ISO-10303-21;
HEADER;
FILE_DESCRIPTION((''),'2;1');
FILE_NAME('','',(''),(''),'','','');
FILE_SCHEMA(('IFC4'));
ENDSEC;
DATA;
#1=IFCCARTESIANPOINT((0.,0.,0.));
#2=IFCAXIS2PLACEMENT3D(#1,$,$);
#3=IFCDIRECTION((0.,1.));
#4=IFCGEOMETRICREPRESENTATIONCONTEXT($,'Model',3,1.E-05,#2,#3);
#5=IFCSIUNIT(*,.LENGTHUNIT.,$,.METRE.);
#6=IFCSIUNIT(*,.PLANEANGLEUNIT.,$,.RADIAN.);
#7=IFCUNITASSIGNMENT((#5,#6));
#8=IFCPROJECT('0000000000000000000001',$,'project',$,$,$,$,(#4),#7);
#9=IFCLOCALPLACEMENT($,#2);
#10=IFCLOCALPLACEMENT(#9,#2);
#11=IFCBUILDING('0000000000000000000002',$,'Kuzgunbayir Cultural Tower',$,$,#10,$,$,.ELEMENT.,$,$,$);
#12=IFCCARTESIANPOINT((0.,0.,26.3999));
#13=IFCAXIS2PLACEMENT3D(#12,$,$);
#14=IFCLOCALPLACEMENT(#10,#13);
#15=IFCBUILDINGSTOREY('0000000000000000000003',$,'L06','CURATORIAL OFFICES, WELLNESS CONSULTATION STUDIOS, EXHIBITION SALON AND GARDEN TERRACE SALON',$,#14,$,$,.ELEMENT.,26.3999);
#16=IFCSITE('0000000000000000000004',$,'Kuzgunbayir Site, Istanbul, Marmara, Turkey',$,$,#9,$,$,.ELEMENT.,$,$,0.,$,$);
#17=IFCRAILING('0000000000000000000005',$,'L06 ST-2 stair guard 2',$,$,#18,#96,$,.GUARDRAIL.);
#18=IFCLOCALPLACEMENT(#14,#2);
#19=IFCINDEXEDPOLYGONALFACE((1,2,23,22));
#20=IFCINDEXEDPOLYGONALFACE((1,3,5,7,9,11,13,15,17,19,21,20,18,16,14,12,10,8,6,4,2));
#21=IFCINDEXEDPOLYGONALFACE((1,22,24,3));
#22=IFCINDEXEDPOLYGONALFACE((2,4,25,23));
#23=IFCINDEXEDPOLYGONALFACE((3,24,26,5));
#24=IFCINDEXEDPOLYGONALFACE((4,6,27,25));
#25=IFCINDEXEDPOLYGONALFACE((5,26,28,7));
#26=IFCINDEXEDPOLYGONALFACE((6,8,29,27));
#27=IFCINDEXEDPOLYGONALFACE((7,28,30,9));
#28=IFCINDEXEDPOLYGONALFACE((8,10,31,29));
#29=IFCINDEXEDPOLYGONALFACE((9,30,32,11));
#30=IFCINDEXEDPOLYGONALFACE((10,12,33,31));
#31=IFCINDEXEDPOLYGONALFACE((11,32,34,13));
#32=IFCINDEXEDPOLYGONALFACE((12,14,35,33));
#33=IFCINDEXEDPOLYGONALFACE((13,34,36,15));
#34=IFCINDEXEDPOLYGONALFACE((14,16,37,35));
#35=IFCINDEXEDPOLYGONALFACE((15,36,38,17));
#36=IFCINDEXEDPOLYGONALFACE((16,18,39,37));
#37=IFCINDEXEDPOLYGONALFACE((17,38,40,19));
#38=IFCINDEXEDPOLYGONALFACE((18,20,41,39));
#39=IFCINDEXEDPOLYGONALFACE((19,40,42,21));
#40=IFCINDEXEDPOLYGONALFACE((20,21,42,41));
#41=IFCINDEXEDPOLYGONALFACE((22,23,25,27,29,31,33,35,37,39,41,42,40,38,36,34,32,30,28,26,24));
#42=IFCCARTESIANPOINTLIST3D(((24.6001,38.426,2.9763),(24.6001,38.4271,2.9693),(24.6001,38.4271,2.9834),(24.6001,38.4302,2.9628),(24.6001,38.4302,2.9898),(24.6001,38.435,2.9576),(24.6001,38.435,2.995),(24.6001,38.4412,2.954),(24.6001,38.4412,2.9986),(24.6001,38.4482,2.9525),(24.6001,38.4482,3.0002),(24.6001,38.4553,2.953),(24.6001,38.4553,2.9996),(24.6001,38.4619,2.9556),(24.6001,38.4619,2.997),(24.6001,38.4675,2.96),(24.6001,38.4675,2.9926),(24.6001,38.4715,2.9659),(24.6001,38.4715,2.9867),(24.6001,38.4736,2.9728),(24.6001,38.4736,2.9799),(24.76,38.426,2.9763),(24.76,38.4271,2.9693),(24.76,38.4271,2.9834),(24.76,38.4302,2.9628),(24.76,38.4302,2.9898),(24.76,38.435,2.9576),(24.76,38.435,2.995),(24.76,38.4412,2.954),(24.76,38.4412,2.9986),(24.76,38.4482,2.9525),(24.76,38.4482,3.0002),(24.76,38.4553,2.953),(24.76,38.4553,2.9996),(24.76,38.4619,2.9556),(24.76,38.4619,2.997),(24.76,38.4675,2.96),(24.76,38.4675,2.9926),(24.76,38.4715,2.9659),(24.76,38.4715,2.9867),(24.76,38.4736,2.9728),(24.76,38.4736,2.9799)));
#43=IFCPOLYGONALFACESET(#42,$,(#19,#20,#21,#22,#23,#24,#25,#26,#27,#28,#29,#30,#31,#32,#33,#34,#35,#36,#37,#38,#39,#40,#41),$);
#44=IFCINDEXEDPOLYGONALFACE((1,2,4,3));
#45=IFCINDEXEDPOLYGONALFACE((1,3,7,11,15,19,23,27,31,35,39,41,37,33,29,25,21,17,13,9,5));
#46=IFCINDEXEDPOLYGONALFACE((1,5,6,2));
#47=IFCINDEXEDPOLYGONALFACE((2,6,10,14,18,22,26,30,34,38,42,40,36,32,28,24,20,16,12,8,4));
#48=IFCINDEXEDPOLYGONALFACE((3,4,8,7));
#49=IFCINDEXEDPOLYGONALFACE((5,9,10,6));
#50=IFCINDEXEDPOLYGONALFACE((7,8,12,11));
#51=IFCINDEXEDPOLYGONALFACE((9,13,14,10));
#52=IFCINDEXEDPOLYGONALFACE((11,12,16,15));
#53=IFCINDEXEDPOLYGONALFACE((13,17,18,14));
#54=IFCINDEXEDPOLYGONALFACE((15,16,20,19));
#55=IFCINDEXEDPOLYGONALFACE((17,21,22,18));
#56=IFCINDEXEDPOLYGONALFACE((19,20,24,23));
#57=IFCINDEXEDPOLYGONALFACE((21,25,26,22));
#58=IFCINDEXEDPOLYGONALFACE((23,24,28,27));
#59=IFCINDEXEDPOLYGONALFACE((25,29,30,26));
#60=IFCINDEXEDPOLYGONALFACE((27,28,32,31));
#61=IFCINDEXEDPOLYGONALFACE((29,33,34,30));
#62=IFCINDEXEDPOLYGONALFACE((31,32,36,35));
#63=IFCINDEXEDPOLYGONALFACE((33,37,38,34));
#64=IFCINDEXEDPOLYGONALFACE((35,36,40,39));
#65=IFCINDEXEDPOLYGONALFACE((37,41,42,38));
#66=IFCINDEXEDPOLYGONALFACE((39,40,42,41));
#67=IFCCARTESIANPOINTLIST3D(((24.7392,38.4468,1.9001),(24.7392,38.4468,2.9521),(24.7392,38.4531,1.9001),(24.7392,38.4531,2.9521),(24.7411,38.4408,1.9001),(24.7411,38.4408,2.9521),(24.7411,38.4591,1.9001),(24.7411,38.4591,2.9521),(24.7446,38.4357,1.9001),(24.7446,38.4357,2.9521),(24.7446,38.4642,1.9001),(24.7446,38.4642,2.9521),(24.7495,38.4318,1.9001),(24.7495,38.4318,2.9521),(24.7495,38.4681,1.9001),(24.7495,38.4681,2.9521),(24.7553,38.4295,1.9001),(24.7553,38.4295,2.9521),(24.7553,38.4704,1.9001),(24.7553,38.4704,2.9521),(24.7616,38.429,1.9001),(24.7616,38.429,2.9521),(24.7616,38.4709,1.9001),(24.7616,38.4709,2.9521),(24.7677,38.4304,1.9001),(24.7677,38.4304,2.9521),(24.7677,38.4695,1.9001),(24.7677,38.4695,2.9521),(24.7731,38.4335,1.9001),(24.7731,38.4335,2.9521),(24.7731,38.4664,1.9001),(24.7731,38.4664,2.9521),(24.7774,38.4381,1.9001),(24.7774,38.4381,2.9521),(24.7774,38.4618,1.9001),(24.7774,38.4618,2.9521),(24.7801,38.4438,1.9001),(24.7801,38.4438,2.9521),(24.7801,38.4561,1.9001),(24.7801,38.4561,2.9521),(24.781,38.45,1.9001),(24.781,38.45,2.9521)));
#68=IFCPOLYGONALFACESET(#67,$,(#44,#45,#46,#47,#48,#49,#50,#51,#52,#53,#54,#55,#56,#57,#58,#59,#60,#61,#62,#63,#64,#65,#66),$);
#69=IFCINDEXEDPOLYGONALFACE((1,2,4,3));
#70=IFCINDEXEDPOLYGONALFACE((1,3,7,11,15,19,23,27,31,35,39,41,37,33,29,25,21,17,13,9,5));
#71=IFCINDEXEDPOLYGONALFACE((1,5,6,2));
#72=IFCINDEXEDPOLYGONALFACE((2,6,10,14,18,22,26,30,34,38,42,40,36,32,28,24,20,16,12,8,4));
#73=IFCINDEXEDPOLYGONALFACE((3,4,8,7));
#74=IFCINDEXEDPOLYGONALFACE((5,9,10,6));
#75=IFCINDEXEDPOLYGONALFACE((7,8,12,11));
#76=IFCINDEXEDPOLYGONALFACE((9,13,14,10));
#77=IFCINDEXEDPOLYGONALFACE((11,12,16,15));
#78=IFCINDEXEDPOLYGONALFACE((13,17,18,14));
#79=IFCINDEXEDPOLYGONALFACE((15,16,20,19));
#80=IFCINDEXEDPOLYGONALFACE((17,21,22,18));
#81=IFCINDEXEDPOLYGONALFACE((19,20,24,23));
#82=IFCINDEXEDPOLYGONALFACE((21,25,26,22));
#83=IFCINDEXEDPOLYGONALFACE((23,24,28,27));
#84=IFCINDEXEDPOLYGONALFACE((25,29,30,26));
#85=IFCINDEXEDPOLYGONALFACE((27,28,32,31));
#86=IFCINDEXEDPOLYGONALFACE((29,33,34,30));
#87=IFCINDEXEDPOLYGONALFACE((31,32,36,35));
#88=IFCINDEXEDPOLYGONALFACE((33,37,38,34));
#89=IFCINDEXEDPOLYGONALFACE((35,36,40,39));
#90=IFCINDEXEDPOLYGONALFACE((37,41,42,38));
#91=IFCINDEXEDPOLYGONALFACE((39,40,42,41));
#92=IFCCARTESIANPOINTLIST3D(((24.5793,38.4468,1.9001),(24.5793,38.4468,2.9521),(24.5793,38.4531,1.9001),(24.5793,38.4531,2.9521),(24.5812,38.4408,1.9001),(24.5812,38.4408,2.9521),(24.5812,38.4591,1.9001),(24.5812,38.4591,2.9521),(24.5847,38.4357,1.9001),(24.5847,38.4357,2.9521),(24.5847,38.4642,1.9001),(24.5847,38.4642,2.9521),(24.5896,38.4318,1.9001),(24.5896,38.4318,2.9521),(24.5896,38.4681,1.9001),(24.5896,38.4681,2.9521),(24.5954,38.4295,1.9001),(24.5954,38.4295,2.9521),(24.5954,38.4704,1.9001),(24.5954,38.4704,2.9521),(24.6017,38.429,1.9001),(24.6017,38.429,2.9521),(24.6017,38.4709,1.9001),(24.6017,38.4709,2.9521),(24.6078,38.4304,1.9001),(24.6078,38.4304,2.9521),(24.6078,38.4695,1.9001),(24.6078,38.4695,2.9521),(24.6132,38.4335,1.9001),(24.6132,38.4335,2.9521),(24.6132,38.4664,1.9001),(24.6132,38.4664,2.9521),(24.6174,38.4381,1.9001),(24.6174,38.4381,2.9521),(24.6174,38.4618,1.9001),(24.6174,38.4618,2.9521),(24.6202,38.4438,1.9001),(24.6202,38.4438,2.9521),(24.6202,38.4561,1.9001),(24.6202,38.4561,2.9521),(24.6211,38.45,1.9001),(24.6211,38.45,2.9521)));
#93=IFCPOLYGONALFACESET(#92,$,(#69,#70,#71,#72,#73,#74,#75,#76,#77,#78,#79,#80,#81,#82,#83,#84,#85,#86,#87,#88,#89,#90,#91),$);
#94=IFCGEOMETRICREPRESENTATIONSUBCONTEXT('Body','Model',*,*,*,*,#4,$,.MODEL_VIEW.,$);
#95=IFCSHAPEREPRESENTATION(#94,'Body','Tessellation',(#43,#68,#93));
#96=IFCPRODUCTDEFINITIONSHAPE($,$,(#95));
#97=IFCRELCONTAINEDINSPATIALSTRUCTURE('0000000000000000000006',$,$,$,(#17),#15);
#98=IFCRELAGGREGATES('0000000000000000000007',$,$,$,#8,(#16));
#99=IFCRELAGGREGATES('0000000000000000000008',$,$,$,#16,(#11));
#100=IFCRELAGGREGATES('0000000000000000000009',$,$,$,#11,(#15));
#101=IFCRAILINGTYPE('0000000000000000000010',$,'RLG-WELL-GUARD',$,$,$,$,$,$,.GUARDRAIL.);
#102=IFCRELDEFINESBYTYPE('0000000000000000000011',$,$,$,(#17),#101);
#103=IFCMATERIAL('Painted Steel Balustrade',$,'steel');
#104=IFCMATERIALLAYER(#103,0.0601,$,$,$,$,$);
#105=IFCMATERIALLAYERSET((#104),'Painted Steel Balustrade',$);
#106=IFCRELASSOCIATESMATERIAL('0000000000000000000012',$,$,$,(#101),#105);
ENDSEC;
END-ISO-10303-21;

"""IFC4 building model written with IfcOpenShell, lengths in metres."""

from ifc_helpers import new_model, si_unit, direction, frame, origin, origin_2d, place, context, subcontext, project, spatial, circle, extrude, material, layer, layer_set, type_object, element, save


model = new_model("IFC4")

# Units and contexts
model_context = context("Model", 3, precision=1e-05, world=origin(), true_north=direction((0.0, 1.0)))
body_context = subcontext(model_context, "Body", "Model", "MODEL_VIEW")
ifc_project = project(units=[si_unit("LENGTHUNIT", "METRE"), si_unit("PLANEANGLEUNIT", "RADIAN")], contexts=[model_context])

# Site, building, storey
site_placement = place(None, origin())
site = spatial("IfcSite", under=ifc_project, at=site_placement, Name="Kuzgunbayir Site, Istanbul, Marmara, Turkey", CompositionType="ELEMENT", RefElevation=0.0)
building_placement = place(site_placement, origin())
building = spatial("IfcBuilding", under=site, at=building_placement, Name="Kuzgunbayir Cultural Tower", CompositionType="ELEMENT")
storey_placement = place(building_placement, frame((0.0, 0.0, 26.3999)))
storey = spatial("IfcBuildingStorey", under=building, at=storey_placement, Name="L06", Description="CURATORIAL OFFICES, WELLNESS CONSULTATION STUDIOS, EXHIBITION SALON AND GARDEN TERRACE SALON", CompositionType="ELEMENT", Elevation=26.3999)

# Railing
ifc_material_1 = material(Name="Painted Steel Balustrade", Category="steel")
ifc_layer_1 = layer(ifc_material_1, 0.0601)
ifc_layer_set_1 = layer_set([ifc_layer_1], Name="Painted Steel Balustrade")
railing_type_1 = type_object("IfcRailingType", Name="RLG-WELL-GUARD", PredefinedType="GUARDRAIL", material=ifc_layer_set_1)
railing_1_placement = place(storey_placement, frame((24.76, 38.45, 1.9001)))
element("IfcRailing", 1, at=railing_1_placement, inside=storey, type_object=railing_type_1, Name="L06 ST-2 stair guard 2", PredefinedType="GUARDRAIL", context=body_context, shape_type="SweptSolid", body=[
    extrude(circle(Radius=0.0239, at=origin_2d()), frame((0.0, 0.0, 1.0762), z_axis=(-1.0, 0.0, 0.0), x_axis=(0.0, -1.0, 0.0)), (0.0, 0.0, 1.0), 0.1599),
    extrude(circle(Radius=0.021, at=origin_2d()), origin(), (0.0, 0.0, 1.0), 1.052),
    extrude(circle(Radius=0.021, at=origin_2d()), frame((-0.1599, 0.0, 0.0)), (0.0, 0.0, 1.0), 1.052),
])

save(model, "model.ifc")
